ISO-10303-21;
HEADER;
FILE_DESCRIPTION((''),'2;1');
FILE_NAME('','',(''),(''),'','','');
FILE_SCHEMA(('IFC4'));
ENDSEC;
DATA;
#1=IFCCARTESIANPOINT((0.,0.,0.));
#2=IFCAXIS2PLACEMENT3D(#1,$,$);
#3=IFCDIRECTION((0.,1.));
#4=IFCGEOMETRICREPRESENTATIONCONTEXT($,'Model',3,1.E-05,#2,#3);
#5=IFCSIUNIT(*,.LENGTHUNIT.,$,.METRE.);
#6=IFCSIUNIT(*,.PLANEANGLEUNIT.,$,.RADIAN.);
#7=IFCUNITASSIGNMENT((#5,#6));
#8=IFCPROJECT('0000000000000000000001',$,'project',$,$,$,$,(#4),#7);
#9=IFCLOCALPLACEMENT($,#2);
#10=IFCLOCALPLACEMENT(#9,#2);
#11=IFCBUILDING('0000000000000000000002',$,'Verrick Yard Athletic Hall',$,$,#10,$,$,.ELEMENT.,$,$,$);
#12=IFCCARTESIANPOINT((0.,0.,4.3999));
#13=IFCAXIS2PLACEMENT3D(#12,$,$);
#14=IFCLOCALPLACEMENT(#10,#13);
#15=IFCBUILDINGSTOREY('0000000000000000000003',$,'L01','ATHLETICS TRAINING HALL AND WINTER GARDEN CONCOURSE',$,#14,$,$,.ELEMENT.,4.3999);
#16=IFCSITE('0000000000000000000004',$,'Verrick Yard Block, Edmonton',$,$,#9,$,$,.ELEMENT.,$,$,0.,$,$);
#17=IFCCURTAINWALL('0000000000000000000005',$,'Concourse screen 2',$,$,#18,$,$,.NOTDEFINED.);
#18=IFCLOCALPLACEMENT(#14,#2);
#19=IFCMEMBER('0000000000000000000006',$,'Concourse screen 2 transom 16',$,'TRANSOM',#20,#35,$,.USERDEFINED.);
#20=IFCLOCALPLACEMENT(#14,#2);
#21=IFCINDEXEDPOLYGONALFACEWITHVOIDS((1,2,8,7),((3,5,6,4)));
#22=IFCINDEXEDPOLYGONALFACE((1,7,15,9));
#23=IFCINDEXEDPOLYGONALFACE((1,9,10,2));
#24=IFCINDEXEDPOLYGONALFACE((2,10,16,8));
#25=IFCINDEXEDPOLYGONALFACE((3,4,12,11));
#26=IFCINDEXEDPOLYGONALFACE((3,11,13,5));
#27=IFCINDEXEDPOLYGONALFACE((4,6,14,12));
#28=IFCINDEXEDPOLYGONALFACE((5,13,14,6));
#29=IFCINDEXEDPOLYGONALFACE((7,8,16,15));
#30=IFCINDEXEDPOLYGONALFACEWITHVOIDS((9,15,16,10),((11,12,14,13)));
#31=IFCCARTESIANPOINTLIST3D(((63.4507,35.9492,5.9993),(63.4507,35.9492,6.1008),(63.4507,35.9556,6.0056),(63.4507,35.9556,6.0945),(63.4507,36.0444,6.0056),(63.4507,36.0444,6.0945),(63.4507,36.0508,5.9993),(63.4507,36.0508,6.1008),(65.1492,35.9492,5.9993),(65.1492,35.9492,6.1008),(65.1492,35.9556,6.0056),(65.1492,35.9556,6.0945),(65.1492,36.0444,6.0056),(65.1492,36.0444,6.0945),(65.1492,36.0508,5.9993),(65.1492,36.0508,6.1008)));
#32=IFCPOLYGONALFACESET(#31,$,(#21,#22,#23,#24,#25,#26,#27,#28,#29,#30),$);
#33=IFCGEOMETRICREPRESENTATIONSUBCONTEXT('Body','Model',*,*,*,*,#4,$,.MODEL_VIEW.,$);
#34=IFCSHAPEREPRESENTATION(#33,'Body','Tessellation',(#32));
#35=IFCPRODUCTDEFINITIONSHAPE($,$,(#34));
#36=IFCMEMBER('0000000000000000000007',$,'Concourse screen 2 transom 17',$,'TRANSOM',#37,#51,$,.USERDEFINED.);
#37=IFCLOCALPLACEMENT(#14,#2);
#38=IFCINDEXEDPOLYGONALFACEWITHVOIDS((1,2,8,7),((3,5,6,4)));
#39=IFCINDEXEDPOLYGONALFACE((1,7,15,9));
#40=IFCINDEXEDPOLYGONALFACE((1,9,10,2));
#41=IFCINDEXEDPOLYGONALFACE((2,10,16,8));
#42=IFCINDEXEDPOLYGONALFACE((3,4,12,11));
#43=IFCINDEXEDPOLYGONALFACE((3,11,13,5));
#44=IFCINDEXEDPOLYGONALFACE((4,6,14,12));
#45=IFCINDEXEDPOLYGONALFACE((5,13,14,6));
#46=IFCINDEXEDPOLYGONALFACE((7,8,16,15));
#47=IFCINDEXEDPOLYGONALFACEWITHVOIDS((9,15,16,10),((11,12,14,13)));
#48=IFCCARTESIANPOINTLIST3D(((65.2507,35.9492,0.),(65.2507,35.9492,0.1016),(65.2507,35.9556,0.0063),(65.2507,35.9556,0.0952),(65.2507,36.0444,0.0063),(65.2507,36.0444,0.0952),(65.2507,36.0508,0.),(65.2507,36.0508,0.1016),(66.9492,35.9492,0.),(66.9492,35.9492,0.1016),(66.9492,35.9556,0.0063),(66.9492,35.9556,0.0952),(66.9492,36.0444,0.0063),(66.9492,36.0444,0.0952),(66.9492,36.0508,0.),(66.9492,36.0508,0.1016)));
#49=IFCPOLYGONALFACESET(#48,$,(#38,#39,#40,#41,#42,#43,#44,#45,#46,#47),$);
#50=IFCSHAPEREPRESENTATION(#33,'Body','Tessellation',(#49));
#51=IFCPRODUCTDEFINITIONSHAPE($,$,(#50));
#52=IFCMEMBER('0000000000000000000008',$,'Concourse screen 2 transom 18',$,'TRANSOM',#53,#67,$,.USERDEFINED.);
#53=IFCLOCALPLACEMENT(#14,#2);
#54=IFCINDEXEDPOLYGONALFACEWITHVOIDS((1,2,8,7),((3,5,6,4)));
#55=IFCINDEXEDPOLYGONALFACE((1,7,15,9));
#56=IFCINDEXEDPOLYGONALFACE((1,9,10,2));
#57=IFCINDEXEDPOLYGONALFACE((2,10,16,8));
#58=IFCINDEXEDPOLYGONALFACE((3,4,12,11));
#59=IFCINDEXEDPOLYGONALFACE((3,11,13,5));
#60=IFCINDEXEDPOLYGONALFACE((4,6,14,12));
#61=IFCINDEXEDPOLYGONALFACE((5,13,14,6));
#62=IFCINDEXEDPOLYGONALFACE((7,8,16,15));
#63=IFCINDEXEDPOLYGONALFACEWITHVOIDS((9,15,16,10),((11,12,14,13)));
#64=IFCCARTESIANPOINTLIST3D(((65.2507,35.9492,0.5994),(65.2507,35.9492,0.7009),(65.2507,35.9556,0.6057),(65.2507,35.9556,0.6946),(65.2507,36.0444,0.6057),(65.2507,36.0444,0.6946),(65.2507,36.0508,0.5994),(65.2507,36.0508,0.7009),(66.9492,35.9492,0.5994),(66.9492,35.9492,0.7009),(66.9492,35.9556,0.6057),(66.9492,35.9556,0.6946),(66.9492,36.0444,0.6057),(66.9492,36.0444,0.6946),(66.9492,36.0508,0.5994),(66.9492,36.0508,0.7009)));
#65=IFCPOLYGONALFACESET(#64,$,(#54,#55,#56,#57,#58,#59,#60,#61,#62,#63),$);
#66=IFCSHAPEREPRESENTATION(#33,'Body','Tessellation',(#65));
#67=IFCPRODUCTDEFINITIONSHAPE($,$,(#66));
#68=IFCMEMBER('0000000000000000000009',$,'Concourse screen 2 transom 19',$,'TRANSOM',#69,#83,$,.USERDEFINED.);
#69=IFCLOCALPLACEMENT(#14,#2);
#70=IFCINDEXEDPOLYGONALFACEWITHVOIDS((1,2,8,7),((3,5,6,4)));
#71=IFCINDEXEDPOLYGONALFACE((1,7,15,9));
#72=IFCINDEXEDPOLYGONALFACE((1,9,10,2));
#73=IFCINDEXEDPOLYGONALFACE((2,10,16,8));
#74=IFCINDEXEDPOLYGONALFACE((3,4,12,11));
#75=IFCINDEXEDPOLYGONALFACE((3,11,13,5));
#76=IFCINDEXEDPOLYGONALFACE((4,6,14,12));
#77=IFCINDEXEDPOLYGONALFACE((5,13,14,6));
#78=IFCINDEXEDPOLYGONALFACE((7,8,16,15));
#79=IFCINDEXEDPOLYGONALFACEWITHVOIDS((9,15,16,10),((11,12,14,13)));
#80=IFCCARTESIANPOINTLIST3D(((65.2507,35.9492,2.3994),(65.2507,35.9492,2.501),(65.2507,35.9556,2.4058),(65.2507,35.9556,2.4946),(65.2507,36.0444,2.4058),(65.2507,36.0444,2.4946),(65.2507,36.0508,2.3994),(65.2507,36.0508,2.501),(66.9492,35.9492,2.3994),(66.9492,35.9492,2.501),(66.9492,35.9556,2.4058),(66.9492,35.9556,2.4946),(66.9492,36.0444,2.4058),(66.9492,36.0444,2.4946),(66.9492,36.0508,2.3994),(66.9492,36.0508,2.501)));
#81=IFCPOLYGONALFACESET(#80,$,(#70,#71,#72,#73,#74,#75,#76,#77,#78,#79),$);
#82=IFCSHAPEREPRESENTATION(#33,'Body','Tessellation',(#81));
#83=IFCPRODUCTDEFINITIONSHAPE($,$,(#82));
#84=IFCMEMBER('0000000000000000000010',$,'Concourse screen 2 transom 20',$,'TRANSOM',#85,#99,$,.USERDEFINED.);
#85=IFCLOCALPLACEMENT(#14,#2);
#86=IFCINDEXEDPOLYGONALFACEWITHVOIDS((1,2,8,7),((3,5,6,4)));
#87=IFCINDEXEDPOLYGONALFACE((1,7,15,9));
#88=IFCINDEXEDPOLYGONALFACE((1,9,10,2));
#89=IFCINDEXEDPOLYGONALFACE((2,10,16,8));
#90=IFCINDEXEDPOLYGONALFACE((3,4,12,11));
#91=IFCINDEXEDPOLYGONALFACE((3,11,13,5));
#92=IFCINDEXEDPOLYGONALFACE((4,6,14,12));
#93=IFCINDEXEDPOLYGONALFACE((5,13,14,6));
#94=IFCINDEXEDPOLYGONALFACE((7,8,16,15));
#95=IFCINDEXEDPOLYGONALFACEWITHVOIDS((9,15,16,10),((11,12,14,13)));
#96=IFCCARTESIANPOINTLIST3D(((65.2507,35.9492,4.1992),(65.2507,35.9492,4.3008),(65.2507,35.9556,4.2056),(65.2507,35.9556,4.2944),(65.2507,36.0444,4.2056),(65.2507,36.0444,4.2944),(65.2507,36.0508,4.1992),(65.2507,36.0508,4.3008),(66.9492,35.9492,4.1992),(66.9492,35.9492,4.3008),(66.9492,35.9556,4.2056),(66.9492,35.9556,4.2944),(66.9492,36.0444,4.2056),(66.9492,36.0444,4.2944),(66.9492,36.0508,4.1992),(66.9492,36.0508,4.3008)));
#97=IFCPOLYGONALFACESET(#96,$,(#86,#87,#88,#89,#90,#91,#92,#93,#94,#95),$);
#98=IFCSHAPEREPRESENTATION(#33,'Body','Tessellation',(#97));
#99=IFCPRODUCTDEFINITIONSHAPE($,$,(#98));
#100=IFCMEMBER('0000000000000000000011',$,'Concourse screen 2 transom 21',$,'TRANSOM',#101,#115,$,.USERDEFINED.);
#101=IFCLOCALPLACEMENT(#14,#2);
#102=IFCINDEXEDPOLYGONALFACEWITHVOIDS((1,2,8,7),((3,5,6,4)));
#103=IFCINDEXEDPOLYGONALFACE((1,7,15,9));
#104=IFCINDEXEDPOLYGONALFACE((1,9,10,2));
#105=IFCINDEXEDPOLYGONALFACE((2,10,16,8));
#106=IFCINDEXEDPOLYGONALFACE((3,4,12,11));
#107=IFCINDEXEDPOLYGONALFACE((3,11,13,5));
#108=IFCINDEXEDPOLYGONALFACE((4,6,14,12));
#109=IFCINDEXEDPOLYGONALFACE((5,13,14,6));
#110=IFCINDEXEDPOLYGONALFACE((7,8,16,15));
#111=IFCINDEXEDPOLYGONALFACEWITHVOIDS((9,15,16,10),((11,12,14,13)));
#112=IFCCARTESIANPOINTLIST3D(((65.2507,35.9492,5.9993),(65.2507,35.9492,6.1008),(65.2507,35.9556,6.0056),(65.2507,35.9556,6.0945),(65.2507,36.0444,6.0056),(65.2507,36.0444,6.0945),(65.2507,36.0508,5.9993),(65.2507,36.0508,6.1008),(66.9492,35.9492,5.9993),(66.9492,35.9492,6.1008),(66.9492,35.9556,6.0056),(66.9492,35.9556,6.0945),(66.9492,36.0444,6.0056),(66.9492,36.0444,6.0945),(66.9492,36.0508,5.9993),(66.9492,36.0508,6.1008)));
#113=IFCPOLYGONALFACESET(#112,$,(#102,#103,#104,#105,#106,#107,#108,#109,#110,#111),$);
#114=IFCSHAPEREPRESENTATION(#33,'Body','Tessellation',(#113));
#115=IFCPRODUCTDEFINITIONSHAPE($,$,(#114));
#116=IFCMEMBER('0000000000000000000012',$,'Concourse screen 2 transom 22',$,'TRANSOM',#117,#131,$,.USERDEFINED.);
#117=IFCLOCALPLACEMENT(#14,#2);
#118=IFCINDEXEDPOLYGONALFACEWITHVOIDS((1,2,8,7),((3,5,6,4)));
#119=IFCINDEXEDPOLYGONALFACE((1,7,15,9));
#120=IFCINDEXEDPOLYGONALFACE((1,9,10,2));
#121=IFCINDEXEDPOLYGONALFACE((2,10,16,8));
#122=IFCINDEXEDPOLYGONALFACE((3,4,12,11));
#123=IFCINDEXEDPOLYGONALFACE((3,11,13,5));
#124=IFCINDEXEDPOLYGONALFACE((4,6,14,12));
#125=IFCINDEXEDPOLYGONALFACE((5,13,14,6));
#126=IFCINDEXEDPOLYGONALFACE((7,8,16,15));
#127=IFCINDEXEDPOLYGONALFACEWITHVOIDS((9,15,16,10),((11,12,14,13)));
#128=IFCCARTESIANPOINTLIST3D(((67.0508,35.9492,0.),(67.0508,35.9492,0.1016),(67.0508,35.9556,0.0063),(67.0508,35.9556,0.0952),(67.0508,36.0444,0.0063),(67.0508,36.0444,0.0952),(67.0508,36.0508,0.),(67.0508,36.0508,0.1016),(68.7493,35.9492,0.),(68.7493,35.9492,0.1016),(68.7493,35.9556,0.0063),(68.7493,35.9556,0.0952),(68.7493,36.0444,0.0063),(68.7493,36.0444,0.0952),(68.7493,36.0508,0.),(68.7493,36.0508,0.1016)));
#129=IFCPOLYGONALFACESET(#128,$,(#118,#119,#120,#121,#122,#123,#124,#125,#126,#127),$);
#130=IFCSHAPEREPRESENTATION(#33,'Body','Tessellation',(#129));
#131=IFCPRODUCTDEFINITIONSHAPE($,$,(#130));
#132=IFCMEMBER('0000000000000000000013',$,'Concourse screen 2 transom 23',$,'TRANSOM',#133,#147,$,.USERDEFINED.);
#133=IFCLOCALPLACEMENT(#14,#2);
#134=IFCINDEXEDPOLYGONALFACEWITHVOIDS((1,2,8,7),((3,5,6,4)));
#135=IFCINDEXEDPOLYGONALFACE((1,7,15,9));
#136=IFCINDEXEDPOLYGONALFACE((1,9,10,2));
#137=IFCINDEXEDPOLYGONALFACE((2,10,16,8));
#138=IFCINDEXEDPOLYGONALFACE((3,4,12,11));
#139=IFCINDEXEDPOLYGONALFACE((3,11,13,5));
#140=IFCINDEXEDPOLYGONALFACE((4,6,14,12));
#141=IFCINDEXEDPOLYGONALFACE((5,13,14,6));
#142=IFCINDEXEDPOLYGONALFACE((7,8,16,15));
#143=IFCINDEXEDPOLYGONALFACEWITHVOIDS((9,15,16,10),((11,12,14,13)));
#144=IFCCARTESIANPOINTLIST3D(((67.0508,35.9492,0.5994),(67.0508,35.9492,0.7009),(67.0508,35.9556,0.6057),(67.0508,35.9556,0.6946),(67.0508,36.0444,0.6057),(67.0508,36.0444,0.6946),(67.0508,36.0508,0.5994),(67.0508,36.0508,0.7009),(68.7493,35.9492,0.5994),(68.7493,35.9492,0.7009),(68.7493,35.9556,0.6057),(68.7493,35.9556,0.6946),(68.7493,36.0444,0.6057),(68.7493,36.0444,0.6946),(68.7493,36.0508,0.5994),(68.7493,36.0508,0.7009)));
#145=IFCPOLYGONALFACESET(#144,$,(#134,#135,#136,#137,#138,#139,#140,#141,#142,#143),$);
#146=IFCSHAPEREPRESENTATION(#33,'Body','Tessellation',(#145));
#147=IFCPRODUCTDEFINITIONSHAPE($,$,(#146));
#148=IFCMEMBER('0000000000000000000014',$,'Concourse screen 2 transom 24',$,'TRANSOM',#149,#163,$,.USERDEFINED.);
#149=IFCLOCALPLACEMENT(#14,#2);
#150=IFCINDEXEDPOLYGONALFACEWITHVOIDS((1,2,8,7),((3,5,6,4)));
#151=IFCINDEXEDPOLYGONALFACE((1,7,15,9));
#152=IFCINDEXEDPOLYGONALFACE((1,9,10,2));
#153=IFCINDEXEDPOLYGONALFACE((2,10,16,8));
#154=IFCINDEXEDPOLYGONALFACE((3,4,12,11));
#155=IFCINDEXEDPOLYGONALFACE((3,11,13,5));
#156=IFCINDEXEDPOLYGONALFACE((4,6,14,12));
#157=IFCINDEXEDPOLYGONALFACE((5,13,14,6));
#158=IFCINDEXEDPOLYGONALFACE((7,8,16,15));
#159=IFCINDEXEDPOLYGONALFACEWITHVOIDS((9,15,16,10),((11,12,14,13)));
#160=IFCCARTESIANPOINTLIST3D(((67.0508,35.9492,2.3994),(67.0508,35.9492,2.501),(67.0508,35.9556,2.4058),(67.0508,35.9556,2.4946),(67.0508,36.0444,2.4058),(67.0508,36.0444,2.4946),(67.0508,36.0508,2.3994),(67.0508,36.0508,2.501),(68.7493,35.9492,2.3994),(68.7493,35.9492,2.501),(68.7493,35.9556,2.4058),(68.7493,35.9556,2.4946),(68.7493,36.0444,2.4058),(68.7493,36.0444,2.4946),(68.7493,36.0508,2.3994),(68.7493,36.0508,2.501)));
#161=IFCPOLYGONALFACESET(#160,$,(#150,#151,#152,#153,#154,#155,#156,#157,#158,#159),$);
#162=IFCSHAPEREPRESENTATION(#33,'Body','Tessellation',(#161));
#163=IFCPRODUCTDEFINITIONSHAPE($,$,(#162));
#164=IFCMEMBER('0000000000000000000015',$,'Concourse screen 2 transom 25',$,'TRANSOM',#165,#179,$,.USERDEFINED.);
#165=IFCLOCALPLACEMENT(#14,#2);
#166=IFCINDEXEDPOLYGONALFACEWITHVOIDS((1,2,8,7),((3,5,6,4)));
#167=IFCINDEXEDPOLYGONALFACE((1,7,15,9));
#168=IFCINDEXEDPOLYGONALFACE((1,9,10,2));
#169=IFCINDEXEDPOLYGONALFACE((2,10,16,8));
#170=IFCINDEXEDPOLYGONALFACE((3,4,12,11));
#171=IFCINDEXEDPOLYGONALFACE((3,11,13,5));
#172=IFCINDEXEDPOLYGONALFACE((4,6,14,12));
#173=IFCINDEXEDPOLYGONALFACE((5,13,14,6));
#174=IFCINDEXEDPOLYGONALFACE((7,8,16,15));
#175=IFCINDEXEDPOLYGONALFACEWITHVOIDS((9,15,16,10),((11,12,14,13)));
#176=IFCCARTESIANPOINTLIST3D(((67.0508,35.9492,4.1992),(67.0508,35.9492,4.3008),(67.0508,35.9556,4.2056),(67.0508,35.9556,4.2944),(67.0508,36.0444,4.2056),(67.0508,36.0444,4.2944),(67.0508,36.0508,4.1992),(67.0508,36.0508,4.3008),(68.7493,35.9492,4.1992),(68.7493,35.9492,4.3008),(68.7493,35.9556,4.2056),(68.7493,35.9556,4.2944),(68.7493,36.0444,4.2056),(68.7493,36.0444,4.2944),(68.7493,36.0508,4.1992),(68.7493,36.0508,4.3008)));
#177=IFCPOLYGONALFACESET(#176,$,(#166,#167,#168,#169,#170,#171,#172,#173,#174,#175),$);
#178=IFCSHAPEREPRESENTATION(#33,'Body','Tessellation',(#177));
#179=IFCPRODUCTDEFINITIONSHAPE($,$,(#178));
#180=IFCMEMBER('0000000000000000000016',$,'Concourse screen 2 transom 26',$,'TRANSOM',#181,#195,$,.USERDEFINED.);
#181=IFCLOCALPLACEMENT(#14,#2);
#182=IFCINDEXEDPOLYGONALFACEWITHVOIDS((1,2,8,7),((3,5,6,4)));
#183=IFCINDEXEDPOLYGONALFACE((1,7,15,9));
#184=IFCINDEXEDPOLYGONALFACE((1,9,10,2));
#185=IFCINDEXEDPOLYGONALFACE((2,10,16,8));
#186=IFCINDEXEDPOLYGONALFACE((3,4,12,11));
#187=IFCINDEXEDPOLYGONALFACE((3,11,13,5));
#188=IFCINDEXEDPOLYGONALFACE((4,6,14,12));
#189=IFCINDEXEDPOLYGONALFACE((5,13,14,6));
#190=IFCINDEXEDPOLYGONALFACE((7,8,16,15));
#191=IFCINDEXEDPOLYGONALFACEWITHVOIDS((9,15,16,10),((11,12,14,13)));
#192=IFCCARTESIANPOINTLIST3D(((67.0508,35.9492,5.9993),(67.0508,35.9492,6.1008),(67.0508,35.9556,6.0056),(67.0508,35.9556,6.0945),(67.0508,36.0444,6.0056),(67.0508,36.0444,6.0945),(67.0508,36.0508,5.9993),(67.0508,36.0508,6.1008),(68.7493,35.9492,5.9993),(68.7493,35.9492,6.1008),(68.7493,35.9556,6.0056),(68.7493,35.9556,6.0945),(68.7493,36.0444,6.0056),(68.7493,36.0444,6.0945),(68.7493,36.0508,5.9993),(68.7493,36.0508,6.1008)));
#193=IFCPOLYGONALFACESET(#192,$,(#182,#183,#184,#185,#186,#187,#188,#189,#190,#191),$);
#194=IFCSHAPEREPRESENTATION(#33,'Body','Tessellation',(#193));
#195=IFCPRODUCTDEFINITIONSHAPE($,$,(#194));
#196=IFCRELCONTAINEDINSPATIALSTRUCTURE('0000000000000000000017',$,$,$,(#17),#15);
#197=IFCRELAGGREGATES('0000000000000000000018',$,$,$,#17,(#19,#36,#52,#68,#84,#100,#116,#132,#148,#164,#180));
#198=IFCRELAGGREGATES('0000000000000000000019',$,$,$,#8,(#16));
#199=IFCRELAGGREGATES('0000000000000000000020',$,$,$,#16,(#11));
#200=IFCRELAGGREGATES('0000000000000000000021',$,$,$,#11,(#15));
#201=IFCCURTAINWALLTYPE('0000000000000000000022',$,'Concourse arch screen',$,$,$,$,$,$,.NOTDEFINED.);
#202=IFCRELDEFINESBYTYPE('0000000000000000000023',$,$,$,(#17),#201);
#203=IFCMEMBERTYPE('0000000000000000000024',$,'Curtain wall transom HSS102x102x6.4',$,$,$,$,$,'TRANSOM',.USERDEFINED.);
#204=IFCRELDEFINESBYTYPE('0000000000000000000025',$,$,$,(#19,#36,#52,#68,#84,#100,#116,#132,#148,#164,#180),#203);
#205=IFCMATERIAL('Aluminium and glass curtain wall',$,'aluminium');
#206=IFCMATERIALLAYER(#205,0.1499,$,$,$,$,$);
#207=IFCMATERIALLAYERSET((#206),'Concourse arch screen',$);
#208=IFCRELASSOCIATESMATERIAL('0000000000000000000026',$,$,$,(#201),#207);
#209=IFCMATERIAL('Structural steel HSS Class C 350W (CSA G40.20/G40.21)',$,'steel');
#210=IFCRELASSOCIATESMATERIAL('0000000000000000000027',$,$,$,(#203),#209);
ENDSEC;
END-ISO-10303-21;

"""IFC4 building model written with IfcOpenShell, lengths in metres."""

from ifc_helpers import new_model, si_unit, direction, frame, origin, origin_2d, place, context, subcontext, project, spatial, hollow_rectangle, extrude, material, layer, layer_set, material_profile, profile_set, type_object, element, aggregate, save


model = new_model("IFC4")

# Units and contexts
model_context = context("Model", 3, precision=1e-05, world=origin(), true_north=direction((0.0, 1.0)))
body_context = subcontext(model_context, "Body", "Model", "MODEL_VIEW")
ifc_project = project(units=[si_unit("LENGTHUNIT", "METRE"), si_unit("PLANEANGLEUNIT", "RADIAN")], contexts=[model_context])

# Site, building, storey
site_placement = place(None, origin())
site = spatial("IfcSite", under=ifc_project, at=site_placement, Name="Verrick Yard Block, Edmonton", CompositionType="ELEMENT", RefElevation=0.0)
building_placement = place(site_placement, origin())
building = spatial("IfcBuilding", under=site, at=building_placement, Name="Verrick Yard Athletic Hall", CompositionType="ELEMENT")
storey_placement = place(building_placement, frame((0.0, 0.0, 4.3999)))
storey = spatial("IfcBuildingStorey", under=building, at=storey_placement, Name="L01", Description="ATHLETICS TRAINING HALL AND WINTER GARDEN CONCOURSE", CompositionType="ELEMENT", Elevation=4.3999)

# Curtain wall, members
ifc_material_1 = material(Name="Aluminium and glass curtain wall", Category="aluminium")
ifc_layer = layer(ifc_material_1, 0.1499)
ifc_layer_set = layer_set([ifc_layer], Name="Concourse arch screen")
curtain_wall_type = type_object("IfcCurtainWallType", Name="Concourse arch screen", PredefinedType="NOTDEFINED", material=ifc_layer_set)
curtain_wall_placement = place(storey_placement, origin())
curtain_wall = element("IfcCurtainWall", 1, at=curtain_wall_placement, inside=storey, type_object=curtain_wall_type, Name="Concourse screen 2", PredefinedType="NOTDEFINED")
ifc_material_2 = material(Name="Structural steel HSS Class C 350W (CSA G40.20/G40.21)", Category="steel")
ifc_material_profile_1 = material_profile(ifc_material_2, hollow_rectangle(XDim=0.1016, YDim=0.1016, WallThickness=0.0063, at=origin_2d()), Name="HSS102x102x6.4")
ifc_profile_set_1 = profile_set([ifc_material_profile_1], Name="Structural steel HSS Class C 350W (CSA G40.20/G40.21)")
member_type_1 = type_object("IfcMemberType", Name="Curtain wall transom HSS102x102x6.4", ElementType="TRANSOM", PredefinedType="USERDEFINED", material=ifc_profile_set_1)
member_1_placement = place(storey_placement, frame((63.4507, 36.0, 6.05), z_axis=(1.0, 0.0, 0.0), x_axis=(0.0, 1.0, 0.0)))
member_1 = element("IfcMember", 2, at=member_1_placement, type_object=member_type_1, Name="Concourse screen 2 transom 16", ObjectType="TRANSOM", PredefinedType="USERDEFINED", context=body_context, shape_type="SweptSolid", body=[
    extrude(hollow_rectangle(XDim=0.1016, YDim=0.1016, WallThickness=0.0063, at=origin_2d()), origin(), (0.0, 0.0, 1.0), 1.6985),
])
member_2_placement = place(storey_placement, frame((65.2507, 36.0, 0.0508), z_axis=(1.0, 0.0, 0.0), x_axis=(0.0, 1.0, 0.0)))
member_2 = element("IfcMember", 3, at=member_2_placement, type_object=member_type_1, Name="Concourse screen 2 transom 17", ObjectType="TRANSOM", PredefinedType="USERDEFINED", context=body_context, shape_type="SweptSolid", body=[
    extrude(hollow_rectangle(XDim=0.1016, YDim=0.1016, WallThickness=0.0063, at=origin_2d()), origin(), (0.0, 0.0, 1.0), 1.6985),
])
member_3_placement = place(storey_placement, frame((65.2507, 36.0, 0.6501), z_axis=(1.0, 0.0, 0.0), x_axis=(0.0, 1.0, 0.0)))
member_3 = element("IfcMember", 4, at=member_3_placement, type_object=member_type_1, Name="Concourse screen 2 transom 18", ObjectType="TRANSOM", PredefinedType="USERDEFINED", context=body_context, shape_type="SweptSolid", body=[
    extrude(hollow_rectangle(XDim=0.1016, YDim=0.1016, WallThickness=0.0063, at=origin_2d()), origin(), (0.0, 0.0, 1.0), 1.6985),
])
member_4_placement = place(storey_placement, frame((65.2507, 36.0, 2.4502), z_axis=(1.0, 0.0, 0.0), x_axis=(0.0, 1.0, 0.0)))
member_4 = element("IfcMember", 5, at=member_4_placement, type_object=member_type_1, Name="Concourse screen 2 transom 19", ObjectType="TRANSOM", PredefinedType="USERDEFINED", context=body_context, shape_type="SweptSolid", body=[
    extrude(hollow_rectangle(XDim=0.1016, YDim=0.1016, WallThickness=0.0063, at=origin_2d()), origin(), (0.0, 0.0, 1.0), 1.6985),
])
member_5_placement = place(storey_placement, frame((65.2507, 36.0, 4.25), z_axis=(1.0, 0.0, 0.0), x_axis=(0.0, 1.0, 0.0)))
member_5 = element("IfcMember", 6, at=member_5_placement, type_object=member_type_1, Name="Concourse screen 2 transom 20", ObjectType="TRANSOM", PredefinedType="USERDEFINED", context=body_context, shape_type="SweptSolid", body=[
    extrude(hollow_rectangle(XDim=0.1016, YDim=0.1016, WallThickness=0.0063, at=origin_2d()), origin(), (0.0, 0.0, 1.0), 1.6985),
])
member_6_placement = place(storey_placement, frame((65.2507, 36.0, 6.05), z_axis=(1.0, 0.0, 0.0), x_axis=(0.0, 1.0, 0.0)))
member_6 = element("IfcMember", 7, at=member_6_placement, type_object=member_type_1, Name="Concourse screen 2 transom 21", ObjectType="TRANSOM", PredefinedType="USERDEFINED", context=body_context, shape_type="SweptSolid", body=[
    extrude(hollow_rectangle(XDim=0.1016, YDim=0.1016, WallThickness=0.0063, at=origin_2d()), origin(), (0.0, 0.0, 1.0), 1.6985),
])
member_7_placement = place(storey_placement, frame((67.0508, 36.0, 0.0508), z_axis=(1.0, 0.0, 0.0), x_axis=(0.0, 1.0, 0.0)))
member_7 = element("IfcMember", 8, at=member_7_placement, type_object=member_type_1, Name="Concourse screen 2 transom 22", ObjectType="TRANSOM", PredefinedType="USERDEFINED", context=body_context, shape_type="SweptSolid", body=[
    extrude(hollow_rectangle(XDim=0.1016, YDim=0.1016, WallThickness=0.0063, at=origin_2d()), origin(), (0.0, 0.0, 1.0), 1.6985),
])
member_8_placement = place(storey_placement, frame((67.0508, 36.0, 0.6501), z_axis=(1.0, 0.0, 0.0), x_axis=(0.0, 1.0, 0.0)))
member_8 = element("IfcMember", 9, at=member_8_placement, type_object=member_type_1, Name="Concourse screen 2 transom 23", ObjectType="TRANSOM", PredefinedType="USERDEFINED", context=body_context, shape_type="SweptSolid", body=[
    extrude(hollow_rectangle(XDim=0.1016, YDim=0.1016, WallThickness=0.0063, at=origin_2d()), origin(), (0.0, 0.0, 1.0), 1.6985),
])
member_9_placement = place(storey_placement, frame((67.0508, 36.0, 2.4502), z_axis=(1.0, 0.0, 0.0), x_axis=(0.0, 1.0, 0.0)))
member_9 = element("IfcMember", 10, at=member_9_placement, type_object=member_type_1, Name="Concourse screen 2 transom 24", ObjectType="TRANSOM", PredefinedType="USERDEFINED", context=body_context, shape_type="SweptSolid", body=[
    extrude(hollow_rectangle(XDim=0.1016, YDim=0.1016, WallThickness=0.0063, at=origin_2d()), origin(), (0.0, 0.0, 1.0), 1.6985),
])
member_10_placement = place(storey_placement, frame((67.0508, 36.0, 4.25), z_axis=(1.0, 0.0, 0.0), x_axis=(0.0, 1.0, 0.0)))
member_10 = element("IfcMember", 11, at=member_10_placement, type_object=member_type_1, Name="Concourse screen 2 transom 25", ObjectType="TRANSOM", PredefinedType="USERDEFINED", context=body_context, shape_type="SweptSolid", body=[
    extrude(hollow_rectangle(XDim=0.1016, YDim=0.1016, WallThickness=0.0063, at=origin_2d()), origin(), (0.0, 0.0, 1.0), 1.6985),
])
member_11_placement = place(storey_placement, frame((67.0508, 36.0, 6.05), z_axis=(1.0, 0.0, 0.0), x_axis=(0.0, 1.0, 0.0)))
member_11 = element("IfcMember", 12, at=member_11_placement, type_object=member_type_1, Name="Concourse screen 2 transom 26", ObjectType="TRANSOM", PredefinedType="USERDEFINED", context=body_context, shape_type="SweptSolid", body=[
    extrude(hollow_rectangle(XDim=0.1016, YDim=0.1016, WallThickness=0.0063, at=origin_2d()), origin(), (0.0, 0.0, 1.0), 1.6985),
])
aggregate(curtain_wall, [member_1, member_2, member_3, member_4, member_5, member_6, member_7, member_8, member_9, member_10, member_11])

save(model, "model.ifc")
